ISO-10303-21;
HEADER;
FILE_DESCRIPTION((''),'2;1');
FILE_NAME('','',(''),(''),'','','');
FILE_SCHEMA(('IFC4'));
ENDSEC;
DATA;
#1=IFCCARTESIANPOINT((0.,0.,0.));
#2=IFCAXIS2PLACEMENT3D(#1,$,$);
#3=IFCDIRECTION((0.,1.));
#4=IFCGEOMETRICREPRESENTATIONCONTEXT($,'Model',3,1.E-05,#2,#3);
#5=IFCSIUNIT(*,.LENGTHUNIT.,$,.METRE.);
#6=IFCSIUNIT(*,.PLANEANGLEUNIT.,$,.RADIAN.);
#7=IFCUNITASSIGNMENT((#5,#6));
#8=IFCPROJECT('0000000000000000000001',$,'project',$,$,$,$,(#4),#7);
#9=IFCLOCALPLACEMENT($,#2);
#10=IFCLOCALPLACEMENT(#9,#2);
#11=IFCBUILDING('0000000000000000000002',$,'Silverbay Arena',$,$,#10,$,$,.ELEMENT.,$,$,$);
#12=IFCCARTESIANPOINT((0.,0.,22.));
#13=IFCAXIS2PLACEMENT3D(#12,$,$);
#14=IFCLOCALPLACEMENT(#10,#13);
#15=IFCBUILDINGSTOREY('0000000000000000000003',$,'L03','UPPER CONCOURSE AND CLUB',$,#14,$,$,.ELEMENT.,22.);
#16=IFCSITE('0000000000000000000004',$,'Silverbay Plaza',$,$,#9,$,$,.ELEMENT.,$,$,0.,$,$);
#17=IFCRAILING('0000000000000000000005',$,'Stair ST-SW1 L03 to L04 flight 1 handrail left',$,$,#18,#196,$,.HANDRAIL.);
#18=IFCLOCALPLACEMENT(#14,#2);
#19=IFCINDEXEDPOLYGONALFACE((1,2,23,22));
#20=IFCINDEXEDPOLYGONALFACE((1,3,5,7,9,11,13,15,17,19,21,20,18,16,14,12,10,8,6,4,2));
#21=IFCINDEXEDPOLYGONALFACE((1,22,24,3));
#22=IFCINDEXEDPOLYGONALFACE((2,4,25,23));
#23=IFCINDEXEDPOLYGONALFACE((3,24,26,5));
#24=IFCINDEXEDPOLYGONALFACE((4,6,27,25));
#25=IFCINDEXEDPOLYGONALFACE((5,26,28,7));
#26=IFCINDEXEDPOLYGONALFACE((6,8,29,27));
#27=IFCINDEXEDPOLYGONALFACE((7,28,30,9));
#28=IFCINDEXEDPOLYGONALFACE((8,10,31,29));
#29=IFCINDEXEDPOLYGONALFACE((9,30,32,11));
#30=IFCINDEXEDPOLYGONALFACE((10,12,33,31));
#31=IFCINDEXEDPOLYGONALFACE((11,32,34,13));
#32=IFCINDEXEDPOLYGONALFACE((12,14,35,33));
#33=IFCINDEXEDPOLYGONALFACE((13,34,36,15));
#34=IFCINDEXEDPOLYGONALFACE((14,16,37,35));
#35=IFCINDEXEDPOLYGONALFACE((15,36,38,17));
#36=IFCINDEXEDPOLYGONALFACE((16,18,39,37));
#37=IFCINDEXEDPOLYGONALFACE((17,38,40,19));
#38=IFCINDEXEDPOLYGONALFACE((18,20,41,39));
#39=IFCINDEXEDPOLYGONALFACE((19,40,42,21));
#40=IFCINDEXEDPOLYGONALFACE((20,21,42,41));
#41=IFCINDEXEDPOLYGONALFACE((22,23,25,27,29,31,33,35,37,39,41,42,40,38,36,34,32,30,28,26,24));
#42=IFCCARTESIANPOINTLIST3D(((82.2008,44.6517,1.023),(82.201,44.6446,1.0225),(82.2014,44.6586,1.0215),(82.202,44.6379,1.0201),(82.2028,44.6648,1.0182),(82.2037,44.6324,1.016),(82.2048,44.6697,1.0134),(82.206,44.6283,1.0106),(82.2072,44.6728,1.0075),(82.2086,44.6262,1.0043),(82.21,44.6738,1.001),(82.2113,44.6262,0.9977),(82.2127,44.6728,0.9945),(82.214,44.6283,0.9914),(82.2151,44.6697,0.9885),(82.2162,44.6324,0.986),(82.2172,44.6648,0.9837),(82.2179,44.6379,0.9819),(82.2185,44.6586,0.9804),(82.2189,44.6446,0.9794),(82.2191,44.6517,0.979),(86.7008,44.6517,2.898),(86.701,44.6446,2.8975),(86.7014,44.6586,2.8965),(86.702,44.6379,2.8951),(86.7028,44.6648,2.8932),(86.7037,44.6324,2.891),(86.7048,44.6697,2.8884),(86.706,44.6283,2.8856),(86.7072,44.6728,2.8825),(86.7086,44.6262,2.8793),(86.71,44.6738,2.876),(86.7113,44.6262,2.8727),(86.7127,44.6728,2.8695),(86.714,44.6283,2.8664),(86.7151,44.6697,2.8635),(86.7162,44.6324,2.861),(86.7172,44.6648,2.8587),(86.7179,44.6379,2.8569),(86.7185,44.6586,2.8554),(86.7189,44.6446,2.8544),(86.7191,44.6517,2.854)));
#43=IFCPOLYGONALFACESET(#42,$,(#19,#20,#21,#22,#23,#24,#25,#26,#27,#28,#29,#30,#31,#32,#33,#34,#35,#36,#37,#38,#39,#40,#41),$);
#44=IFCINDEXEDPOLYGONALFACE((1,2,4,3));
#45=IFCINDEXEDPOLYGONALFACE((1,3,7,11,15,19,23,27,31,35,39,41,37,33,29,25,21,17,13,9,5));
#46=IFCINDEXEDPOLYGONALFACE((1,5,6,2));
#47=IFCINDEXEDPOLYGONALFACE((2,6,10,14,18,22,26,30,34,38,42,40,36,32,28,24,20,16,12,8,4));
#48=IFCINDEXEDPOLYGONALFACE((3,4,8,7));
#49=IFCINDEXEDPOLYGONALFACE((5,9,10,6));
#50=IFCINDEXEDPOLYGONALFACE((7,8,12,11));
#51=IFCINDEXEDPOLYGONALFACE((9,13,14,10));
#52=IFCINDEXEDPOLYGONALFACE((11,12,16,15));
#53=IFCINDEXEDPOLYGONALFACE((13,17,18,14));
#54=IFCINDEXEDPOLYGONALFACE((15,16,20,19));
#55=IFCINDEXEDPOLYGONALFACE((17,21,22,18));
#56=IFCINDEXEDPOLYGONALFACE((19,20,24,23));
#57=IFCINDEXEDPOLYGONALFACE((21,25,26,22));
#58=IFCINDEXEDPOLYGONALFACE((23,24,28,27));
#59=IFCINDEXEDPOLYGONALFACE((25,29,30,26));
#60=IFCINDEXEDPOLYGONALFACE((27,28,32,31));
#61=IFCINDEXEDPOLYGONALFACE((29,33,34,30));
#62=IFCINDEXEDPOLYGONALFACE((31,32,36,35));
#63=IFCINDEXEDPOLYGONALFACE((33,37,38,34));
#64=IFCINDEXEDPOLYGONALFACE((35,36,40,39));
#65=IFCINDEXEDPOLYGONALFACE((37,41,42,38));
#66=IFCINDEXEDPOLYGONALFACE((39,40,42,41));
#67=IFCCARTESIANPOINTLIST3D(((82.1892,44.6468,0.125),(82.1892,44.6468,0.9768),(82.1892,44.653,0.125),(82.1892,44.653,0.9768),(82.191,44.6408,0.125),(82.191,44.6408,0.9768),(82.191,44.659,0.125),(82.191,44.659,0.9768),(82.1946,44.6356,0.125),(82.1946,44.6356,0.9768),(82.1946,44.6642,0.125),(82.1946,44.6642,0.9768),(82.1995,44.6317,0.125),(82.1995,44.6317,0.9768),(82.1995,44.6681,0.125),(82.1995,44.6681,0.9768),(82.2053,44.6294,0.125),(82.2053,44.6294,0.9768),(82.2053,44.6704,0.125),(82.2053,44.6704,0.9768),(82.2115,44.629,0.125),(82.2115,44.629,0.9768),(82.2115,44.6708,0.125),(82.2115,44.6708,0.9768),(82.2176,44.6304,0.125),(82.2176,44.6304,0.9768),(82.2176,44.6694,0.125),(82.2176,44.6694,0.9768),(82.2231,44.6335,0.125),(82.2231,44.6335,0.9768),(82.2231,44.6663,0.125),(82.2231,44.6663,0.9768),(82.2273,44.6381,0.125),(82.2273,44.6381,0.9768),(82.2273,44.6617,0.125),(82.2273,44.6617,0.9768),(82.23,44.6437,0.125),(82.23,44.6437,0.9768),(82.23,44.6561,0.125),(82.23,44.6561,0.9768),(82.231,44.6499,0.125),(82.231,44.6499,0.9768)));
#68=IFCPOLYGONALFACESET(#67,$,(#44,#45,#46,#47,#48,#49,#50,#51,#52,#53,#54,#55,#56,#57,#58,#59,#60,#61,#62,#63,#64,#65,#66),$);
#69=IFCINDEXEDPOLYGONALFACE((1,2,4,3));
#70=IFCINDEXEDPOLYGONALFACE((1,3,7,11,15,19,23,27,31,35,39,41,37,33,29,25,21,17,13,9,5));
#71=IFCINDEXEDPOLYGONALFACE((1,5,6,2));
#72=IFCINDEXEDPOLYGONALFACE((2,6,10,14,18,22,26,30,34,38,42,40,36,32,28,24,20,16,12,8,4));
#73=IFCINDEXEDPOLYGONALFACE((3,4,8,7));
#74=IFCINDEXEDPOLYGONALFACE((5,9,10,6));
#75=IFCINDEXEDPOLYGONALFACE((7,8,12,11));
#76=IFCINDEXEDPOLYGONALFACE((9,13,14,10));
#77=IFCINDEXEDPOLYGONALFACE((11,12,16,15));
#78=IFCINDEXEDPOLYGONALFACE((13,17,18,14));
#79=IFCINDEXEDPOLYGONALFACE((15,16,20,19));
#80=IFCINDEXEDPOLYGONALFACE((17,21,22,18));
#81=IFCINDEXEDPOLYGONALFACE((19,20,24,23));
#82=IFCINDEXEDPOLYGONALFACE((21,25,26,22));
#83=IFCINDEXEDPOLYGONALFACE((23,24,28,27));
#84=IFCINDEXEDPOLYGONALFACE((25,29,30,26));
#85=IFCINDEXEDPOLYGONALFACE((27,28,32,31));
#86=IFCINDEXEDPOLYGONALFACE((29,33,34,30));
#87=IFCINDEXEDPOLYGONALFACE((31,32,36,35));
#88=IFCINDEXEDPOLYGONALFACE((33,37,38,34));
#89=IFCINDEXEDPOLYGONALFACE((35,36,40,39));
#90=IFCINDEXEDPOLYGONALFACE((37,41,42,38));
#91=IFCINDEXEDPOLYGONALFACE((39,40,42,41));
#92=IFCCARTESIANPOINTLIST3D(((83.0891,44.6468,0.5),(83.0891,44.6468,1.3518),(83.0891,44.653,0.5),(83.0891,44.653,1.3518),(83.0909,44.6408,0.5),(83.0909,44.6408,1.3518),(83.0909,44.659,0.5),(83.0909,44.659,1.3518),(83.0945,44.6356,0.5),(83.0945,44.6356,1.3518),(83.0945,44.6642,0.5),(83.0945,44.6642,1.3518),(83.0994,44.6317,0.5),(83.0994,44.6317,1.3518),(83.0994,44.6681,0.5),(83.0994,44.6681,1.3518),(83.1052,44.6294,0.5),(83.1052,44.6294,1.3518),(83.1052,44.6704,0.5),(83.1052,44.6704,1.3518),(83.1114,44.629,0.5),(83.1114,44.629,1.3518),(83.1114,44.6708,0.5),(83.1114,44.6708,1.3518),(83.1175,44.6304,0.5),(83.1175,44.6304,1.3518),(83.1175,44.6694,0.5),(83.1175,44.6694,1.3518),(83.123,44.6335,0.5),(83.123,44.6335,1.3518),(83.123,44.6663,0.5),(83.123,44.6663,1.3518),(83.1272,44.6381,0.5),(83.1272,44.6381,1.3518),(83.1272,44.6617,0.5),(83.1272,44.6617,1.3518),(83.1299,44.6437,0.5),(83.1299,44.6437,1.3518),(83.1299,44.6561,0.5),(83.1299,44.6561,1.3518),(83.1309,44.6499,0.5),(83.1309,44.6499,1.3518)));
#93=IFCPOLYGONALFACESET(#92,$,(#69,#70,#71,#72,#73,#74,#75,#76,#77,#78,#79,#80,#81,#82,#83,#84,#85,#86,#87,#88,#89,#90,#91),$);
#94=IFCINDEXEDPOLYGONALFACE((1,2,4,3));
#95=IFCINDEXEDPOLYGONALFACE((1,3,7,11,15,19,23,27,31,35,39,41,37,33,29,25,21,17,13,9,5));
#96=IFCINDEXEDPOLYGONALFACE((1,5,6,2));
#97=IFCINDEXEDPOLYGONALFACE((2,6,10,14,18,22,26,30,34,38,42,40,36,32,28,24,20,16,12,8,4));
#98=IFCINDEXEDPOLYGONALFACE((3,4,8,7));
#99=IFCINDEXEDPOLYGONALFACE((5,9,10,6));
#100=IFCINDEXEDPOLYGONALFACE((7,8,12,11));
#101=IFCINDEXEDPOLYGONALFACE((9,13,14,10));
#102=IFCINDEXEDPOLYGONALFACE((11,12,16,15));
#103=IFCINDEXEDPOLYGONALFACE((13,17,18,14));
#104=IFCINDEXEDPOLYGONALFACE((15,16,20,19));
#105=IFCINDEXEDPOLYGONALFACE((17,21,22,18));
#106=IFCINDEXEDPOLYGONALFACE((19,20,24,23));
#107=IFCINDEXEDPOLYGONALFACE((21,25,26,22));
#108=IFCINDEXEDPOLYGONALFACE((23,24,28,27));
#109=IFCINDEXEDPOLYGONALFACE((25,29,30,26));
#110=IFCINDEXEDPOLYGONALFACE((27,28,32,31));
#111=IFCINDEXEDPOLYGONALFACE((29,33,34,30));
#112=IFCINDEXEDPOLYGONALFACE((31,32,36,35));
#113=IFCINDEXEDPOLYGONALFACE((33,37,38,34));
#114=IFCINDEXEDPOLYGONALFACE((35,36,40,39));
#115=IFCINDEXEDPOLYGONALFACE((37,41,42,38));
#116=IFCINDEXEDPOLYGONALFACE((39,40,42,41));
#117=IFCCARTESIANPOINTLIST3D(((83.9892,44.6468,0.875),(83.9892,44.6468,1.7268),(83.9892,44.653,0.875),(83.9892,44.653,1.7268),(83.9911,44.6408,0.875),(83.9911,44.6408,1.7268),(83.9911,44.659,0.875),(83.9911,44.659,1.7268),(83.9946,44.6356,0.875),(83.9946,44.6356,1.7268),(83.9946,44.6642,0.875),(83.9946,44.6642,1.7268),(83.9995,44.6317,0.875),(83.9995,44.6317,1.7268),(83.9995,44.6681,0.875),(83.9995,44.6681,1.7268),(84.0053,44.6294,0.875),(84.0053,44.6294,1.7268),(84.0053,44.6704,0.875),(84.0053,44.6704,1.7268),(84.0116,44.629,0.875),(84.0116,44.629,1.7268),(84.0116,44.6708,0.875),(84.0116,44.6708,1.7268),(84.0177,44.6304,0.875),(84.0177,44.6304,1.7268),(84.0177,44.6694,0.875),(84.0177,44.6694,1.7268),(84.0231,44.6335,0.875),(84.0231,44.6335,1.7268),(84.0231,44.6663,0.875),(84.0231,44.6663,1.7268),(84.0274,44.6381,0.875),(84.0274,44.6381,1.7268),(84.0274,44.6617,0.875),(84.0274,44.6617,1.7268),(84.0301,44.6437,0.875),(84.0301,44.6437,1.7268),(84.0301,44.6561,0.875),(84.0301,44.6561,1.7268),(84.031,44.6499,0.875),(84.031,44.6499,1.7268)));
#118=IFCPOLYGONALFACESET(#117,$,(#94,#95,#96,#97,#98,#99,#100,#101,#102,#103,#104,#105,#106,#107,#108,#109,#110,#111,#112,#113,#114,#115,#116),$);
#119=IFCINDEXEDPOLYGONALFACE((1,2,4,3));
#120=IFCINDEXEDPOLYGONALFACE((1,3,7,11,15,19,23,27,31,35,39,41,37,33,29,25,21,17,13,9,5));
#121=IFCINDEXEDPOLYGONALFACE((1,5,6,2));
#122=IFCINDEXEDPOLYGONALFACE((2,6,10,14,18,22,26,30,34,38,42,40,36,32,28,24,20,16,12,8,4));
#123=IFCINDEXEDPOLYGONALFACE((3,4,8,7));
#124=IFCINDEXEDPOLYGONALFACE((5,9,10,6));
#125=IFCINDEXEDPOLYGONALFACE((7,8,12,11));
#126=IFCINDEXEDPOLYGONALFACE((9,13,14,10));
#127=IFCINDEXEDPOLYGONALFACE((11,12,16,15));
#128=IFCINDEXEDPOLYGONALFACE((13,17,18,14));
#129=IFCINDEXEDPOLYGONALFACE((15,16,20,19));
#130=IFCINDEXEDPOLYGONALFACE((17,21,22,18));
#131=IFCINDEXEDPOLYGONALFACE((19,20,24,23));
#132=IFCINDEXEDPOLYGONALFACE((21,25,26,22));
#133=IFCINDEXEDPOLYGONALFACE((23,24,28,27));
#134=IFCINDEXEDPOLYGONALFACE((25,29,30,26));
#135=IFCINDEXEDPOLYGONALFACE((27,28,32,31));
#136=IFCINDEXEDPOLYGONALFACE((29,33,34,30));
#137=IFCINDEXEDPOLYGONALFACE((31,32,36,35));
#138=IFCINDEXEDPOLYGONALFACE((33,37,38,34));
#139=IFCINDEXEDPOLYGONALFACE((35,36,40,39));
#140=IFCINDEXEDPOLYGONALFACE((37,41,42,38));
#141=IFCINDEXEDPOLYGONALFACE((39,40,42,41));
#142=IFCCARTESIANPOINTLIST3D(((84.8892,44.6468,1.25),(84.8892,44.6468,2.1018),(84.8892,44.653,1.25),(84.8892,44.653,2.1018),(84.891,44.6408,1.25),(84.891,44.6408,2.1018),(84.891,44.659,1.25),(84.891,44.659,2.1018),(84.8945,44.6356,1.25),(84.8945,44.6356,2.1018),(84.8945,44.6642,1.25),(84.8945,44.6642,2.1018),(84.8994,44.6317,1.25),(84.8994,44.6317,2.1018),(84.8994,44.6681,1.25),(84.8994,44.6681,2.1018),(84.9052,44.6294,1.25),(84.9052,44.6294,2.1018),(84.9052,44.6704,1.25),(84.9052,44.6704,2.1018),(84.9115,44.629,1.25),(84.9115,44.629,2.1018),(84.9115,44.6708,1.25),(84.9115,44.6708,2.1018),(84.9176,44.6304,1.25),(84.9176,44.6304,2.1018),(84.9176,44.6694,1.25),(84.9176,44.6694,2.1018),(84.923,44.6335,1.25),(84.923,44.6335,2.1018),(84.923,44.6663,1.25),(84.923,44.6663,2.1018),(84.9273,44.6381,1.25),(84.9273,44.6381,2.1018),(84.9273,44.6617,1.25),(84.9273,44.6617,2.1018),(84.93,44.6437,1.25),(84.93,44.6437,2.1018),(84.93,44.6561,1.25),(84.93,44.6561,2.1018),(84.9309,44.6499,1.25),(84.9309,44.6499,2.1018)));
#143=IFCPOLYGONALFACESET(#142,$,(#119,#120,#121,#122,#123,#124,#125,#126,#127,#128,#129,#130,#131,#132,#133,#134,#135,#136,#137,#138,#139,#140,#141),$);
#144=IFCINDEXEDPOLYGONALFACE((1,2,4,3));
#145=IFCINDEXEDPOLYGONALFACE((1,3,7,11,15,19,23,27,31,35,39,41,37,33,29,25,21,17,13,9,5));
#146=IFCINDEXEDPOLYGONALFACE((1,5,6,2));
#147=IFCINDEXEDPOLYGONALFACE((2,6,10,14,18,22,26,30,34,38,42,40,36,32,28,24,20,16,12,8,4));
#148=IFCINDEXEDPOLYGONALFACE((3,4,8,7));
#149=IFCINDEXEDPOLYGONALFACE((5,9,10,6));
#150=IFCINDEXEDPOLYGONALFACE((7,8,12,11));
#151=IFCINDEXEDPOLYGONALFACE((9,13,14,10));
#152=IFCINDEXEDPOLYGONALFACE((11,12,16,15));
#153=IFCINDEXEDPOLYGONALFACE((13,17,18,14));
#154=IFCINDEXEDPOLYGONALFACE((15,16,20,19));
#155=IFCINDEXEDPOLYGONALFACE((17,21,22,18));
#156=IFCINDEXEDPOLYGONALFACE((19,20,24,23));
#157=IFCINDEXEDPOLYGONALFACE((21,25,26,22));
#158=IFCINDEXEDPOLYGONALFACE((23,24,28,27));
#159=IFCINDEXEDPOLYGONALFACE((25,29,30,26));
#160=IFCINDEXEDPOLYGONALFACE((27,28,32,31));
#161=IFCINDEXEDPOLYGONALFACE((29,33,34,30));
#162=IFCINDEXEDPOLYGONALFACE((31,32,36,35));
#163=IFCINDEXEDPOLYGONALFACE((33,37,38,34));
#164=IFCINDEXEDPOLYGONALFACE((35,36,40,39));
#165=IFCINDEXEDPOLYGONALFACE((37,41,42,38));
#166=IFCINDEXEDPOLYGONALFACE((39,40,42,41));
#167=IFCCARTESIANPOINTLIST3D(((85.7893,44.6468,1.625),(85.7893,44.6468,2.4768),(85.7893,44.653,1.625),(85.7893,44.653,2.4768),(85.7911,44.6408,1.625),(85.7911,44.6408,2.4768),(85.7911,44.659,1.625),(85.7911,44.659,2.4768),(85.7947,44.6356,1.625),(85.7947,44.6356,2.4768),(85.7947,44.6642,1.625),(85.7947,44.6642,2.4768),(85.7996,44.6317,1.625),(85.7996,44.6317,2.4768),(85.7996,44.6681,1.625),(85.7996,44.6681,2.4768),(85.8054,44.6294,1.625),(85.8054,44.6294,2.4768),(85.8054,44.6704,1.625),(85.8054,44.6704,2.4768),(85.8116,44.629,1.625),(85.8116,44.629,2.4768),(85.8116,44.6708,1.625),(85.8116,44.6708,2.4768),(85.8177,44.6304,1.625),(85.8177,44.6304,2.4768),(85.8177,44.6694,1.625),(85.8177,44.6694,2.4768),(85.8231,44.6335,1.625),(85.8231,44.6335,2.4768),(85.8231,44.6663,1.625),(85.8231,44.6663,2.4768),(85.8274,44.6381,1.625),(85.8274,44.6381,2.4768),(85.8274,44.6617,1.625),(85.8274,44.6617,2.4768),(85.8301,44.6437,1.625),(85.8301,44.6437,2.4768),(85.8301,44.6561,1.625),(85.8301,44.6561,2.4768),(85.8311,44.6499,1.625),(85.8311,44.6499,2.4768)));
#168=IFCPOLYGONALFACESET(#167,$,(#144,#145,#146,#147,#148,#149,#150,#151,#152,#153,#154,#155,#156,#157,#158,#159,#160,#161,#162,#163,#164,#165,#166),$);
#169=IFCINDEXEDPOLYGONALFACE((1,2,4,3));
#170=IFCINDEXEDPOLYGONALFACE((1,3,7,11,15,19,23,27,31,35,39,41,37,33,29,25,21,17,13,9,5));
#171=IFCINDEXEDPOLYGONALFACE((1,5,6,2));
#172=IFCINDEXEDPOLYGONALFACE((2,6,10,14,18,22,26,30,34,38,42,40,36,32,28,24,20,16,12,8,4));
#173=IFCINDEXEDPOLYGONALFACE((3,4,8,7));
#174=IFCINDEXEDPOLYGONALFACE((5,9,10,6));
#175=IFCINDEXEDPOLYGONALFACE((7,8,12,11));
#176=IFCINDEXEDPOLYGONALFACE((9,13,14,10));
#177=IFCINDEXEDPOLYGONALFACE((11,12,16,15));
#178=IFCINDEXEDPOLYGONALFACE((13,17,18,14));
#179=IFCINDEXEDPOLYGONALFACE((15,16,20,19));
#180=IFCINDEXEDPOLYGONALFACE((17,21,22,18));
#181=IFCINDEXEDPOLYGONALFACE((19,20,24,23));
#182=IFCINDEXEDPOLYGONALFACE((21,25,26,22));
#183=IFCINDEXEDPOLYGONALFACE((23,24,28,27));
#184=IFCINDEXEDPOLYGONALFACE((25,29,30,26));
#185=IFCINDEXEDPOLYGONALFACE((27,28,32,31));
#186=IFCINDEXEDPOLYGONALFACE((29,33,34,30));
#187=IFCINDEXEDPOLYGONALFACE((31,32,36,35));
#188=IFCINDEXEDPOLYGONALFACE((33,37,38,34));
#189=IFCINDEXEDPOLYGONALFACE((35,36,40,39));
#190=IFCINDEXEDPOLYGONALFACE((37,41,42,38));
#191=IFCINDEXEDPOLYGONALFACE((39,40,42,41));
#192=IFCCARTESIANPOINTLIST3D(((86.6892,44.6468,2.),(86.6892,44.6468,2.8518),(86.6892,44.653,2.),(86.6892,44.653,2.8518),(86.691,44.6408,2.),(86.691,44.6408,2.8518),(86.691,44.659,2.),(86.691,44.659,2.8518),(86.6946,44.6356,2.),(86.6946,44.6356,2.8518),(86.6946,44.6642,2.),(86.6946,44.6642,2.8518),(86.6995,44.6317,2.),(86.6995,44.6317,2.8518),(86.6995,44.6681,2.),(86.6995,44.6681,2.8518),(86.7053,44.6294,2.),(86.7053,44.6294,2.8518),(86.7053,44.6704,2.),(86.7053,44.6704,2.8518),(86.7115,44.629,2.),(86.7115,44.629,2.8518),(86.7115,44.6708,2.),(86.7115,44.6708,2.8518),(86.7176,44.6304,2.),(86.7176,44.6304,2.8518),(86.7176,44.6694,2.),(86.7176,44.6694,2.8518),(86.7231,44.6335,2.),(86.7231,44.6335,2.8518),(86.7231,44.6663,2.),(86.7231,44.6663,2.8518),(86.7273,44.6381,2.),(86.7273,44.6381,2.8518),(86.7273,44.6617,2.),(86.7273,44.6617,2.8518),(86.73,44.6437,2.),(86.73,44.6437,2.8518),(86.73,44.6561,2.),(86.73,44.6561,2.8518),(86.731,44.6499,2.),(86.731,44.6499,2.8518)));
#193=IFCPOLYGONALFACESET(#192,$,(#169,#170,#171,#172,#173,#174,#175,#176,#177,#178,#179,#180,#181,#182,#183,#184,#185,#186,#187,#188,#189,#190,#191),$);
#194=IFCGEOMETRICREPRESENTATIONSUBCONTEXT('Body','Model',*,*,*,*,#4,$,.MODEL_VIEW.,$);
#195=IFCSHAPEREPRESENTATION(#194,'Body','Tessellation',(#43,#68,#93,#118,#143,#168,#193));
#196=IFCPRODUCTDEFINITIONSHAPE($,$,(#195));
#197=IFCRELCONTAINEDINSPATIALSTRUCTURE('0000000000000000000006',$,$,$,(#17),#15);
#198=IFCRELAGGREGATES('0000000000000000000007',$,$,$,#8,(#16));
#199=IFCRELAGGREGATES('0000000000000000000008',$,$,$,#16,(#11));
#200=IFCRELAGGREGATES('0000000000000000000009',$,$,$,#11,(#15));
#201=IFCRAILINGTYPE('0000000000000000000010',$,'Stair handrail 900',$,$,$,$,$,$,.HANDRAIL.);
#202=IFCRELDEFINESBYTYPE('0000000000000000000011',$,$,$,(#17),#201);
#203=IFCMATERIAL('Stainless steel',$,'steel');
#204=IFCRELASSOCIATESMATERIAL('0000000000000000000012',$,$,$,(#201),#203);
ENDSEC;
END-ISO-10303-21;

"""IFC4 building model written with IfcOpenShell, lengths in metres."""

from ifc_helpers import new_model, si_unit, direction, frame, origin, origin_2d, place, context, subcontext, project, spatial, circle, extrude, material, type_object, element, save


model = new_model("IFC4")

# Units and contexts
model_context = context("Model", 3, precision=1e-05, world=origin(), true_north=direction((0.0, 1.0)))
body_context = subcontext(model_context, "Body", "Model", "MODEL_VIEW")
ifc_project = project(units=[si_unit("LENGTHUNIT", "METRE"), si_unit("PLANEANGLEUNIT", "RADIAN")], contexts=[model_context])

# Site, building, storey
site_placement = place(None, origin())
site = spatial("IfcSite", under=ifc_project, at=site_placement, Name="Silverbay Plaza", CompositionType="ELEMENT", RefElevation=0.0)
building_placement = place(site_placement, origin())
building = spatial("IfcBuilding", under=site, at=building_placement, Name="Silverbay Arena", CompositionType="ELEMENT")
storey_placement = place(building_placement, frame((0.0, 0.0, 22.0)))
storey = spatial("IfcBuildingStorey", under=building, at=storey_placement, Name="L03", Description="UPPER CONCOURSE AND CLUB", CompositionType="ELEMENT", Elevation=22.0)

# Railing
ifc_material_1 = material(Name="Stainless steel", Category="steel")
railing_type_1 = type_object("IfcRailingType", Name="Stair handrail 900", PredefinedType="HANDRAIL", material=ifc_material_1)
for number, where, name in (
    (1, (82.21, 44.6499, 0.125), "Stair ST-SW1 L03 to L04 flight 1 handrail left"),
):
    element("IfcRailing", number, at=place(storey_placement, frame(where)), inside=storey, type_object=railing_type_1, Name=name, PredefinedType="HANDRAIL", context=body_context, shape_type="SweptSolid", body=[
        extrude(circle(Radius=0.0239, at=origin_2d()), frame((0.0, 0.0, 0.876), z_axis=(0.923077, 0.0, 0.384615), x_axis=(0.0, 1.0, 0.0)), (0.0, 0.0, 1.0), 4.875),
        extrude(circle(Radius=0.021, at=origin_2d()), origin(), (0.0, 0.0, 1.0), 0.8518),
        extrude(circle(Radius=0.021, at=origin_2d()), frame((0.8999, 0.0, 0.375)), (0.0, 0.0, 1.0), 0.8518),
        extrude(circle(Radius=0.021, at=origin_2d()), frame((1.8, 0.0, 0.75)), (0.0, 0.0, 1.0), 0.8518),
        extrude(circle(Radius=0.021, at=origin_2d()), frame((2.7, 0.0, 1.125)), (0.0, 0.0, 1.0), 0.8518),
        extrude(circle(Radius=0.021, at=origin_2d()), frame((3.6001, 0.0, 1.5)), (0.0, 0.0, 1.0), 0.8518),
        extrude(circle(Radius=0.021, at=origin_2d()), frame((4.5, 0.0, 1.875)), (0.0, 0.0, 1.0), 0.8518),
    ])

save(model, "model.ifc")
